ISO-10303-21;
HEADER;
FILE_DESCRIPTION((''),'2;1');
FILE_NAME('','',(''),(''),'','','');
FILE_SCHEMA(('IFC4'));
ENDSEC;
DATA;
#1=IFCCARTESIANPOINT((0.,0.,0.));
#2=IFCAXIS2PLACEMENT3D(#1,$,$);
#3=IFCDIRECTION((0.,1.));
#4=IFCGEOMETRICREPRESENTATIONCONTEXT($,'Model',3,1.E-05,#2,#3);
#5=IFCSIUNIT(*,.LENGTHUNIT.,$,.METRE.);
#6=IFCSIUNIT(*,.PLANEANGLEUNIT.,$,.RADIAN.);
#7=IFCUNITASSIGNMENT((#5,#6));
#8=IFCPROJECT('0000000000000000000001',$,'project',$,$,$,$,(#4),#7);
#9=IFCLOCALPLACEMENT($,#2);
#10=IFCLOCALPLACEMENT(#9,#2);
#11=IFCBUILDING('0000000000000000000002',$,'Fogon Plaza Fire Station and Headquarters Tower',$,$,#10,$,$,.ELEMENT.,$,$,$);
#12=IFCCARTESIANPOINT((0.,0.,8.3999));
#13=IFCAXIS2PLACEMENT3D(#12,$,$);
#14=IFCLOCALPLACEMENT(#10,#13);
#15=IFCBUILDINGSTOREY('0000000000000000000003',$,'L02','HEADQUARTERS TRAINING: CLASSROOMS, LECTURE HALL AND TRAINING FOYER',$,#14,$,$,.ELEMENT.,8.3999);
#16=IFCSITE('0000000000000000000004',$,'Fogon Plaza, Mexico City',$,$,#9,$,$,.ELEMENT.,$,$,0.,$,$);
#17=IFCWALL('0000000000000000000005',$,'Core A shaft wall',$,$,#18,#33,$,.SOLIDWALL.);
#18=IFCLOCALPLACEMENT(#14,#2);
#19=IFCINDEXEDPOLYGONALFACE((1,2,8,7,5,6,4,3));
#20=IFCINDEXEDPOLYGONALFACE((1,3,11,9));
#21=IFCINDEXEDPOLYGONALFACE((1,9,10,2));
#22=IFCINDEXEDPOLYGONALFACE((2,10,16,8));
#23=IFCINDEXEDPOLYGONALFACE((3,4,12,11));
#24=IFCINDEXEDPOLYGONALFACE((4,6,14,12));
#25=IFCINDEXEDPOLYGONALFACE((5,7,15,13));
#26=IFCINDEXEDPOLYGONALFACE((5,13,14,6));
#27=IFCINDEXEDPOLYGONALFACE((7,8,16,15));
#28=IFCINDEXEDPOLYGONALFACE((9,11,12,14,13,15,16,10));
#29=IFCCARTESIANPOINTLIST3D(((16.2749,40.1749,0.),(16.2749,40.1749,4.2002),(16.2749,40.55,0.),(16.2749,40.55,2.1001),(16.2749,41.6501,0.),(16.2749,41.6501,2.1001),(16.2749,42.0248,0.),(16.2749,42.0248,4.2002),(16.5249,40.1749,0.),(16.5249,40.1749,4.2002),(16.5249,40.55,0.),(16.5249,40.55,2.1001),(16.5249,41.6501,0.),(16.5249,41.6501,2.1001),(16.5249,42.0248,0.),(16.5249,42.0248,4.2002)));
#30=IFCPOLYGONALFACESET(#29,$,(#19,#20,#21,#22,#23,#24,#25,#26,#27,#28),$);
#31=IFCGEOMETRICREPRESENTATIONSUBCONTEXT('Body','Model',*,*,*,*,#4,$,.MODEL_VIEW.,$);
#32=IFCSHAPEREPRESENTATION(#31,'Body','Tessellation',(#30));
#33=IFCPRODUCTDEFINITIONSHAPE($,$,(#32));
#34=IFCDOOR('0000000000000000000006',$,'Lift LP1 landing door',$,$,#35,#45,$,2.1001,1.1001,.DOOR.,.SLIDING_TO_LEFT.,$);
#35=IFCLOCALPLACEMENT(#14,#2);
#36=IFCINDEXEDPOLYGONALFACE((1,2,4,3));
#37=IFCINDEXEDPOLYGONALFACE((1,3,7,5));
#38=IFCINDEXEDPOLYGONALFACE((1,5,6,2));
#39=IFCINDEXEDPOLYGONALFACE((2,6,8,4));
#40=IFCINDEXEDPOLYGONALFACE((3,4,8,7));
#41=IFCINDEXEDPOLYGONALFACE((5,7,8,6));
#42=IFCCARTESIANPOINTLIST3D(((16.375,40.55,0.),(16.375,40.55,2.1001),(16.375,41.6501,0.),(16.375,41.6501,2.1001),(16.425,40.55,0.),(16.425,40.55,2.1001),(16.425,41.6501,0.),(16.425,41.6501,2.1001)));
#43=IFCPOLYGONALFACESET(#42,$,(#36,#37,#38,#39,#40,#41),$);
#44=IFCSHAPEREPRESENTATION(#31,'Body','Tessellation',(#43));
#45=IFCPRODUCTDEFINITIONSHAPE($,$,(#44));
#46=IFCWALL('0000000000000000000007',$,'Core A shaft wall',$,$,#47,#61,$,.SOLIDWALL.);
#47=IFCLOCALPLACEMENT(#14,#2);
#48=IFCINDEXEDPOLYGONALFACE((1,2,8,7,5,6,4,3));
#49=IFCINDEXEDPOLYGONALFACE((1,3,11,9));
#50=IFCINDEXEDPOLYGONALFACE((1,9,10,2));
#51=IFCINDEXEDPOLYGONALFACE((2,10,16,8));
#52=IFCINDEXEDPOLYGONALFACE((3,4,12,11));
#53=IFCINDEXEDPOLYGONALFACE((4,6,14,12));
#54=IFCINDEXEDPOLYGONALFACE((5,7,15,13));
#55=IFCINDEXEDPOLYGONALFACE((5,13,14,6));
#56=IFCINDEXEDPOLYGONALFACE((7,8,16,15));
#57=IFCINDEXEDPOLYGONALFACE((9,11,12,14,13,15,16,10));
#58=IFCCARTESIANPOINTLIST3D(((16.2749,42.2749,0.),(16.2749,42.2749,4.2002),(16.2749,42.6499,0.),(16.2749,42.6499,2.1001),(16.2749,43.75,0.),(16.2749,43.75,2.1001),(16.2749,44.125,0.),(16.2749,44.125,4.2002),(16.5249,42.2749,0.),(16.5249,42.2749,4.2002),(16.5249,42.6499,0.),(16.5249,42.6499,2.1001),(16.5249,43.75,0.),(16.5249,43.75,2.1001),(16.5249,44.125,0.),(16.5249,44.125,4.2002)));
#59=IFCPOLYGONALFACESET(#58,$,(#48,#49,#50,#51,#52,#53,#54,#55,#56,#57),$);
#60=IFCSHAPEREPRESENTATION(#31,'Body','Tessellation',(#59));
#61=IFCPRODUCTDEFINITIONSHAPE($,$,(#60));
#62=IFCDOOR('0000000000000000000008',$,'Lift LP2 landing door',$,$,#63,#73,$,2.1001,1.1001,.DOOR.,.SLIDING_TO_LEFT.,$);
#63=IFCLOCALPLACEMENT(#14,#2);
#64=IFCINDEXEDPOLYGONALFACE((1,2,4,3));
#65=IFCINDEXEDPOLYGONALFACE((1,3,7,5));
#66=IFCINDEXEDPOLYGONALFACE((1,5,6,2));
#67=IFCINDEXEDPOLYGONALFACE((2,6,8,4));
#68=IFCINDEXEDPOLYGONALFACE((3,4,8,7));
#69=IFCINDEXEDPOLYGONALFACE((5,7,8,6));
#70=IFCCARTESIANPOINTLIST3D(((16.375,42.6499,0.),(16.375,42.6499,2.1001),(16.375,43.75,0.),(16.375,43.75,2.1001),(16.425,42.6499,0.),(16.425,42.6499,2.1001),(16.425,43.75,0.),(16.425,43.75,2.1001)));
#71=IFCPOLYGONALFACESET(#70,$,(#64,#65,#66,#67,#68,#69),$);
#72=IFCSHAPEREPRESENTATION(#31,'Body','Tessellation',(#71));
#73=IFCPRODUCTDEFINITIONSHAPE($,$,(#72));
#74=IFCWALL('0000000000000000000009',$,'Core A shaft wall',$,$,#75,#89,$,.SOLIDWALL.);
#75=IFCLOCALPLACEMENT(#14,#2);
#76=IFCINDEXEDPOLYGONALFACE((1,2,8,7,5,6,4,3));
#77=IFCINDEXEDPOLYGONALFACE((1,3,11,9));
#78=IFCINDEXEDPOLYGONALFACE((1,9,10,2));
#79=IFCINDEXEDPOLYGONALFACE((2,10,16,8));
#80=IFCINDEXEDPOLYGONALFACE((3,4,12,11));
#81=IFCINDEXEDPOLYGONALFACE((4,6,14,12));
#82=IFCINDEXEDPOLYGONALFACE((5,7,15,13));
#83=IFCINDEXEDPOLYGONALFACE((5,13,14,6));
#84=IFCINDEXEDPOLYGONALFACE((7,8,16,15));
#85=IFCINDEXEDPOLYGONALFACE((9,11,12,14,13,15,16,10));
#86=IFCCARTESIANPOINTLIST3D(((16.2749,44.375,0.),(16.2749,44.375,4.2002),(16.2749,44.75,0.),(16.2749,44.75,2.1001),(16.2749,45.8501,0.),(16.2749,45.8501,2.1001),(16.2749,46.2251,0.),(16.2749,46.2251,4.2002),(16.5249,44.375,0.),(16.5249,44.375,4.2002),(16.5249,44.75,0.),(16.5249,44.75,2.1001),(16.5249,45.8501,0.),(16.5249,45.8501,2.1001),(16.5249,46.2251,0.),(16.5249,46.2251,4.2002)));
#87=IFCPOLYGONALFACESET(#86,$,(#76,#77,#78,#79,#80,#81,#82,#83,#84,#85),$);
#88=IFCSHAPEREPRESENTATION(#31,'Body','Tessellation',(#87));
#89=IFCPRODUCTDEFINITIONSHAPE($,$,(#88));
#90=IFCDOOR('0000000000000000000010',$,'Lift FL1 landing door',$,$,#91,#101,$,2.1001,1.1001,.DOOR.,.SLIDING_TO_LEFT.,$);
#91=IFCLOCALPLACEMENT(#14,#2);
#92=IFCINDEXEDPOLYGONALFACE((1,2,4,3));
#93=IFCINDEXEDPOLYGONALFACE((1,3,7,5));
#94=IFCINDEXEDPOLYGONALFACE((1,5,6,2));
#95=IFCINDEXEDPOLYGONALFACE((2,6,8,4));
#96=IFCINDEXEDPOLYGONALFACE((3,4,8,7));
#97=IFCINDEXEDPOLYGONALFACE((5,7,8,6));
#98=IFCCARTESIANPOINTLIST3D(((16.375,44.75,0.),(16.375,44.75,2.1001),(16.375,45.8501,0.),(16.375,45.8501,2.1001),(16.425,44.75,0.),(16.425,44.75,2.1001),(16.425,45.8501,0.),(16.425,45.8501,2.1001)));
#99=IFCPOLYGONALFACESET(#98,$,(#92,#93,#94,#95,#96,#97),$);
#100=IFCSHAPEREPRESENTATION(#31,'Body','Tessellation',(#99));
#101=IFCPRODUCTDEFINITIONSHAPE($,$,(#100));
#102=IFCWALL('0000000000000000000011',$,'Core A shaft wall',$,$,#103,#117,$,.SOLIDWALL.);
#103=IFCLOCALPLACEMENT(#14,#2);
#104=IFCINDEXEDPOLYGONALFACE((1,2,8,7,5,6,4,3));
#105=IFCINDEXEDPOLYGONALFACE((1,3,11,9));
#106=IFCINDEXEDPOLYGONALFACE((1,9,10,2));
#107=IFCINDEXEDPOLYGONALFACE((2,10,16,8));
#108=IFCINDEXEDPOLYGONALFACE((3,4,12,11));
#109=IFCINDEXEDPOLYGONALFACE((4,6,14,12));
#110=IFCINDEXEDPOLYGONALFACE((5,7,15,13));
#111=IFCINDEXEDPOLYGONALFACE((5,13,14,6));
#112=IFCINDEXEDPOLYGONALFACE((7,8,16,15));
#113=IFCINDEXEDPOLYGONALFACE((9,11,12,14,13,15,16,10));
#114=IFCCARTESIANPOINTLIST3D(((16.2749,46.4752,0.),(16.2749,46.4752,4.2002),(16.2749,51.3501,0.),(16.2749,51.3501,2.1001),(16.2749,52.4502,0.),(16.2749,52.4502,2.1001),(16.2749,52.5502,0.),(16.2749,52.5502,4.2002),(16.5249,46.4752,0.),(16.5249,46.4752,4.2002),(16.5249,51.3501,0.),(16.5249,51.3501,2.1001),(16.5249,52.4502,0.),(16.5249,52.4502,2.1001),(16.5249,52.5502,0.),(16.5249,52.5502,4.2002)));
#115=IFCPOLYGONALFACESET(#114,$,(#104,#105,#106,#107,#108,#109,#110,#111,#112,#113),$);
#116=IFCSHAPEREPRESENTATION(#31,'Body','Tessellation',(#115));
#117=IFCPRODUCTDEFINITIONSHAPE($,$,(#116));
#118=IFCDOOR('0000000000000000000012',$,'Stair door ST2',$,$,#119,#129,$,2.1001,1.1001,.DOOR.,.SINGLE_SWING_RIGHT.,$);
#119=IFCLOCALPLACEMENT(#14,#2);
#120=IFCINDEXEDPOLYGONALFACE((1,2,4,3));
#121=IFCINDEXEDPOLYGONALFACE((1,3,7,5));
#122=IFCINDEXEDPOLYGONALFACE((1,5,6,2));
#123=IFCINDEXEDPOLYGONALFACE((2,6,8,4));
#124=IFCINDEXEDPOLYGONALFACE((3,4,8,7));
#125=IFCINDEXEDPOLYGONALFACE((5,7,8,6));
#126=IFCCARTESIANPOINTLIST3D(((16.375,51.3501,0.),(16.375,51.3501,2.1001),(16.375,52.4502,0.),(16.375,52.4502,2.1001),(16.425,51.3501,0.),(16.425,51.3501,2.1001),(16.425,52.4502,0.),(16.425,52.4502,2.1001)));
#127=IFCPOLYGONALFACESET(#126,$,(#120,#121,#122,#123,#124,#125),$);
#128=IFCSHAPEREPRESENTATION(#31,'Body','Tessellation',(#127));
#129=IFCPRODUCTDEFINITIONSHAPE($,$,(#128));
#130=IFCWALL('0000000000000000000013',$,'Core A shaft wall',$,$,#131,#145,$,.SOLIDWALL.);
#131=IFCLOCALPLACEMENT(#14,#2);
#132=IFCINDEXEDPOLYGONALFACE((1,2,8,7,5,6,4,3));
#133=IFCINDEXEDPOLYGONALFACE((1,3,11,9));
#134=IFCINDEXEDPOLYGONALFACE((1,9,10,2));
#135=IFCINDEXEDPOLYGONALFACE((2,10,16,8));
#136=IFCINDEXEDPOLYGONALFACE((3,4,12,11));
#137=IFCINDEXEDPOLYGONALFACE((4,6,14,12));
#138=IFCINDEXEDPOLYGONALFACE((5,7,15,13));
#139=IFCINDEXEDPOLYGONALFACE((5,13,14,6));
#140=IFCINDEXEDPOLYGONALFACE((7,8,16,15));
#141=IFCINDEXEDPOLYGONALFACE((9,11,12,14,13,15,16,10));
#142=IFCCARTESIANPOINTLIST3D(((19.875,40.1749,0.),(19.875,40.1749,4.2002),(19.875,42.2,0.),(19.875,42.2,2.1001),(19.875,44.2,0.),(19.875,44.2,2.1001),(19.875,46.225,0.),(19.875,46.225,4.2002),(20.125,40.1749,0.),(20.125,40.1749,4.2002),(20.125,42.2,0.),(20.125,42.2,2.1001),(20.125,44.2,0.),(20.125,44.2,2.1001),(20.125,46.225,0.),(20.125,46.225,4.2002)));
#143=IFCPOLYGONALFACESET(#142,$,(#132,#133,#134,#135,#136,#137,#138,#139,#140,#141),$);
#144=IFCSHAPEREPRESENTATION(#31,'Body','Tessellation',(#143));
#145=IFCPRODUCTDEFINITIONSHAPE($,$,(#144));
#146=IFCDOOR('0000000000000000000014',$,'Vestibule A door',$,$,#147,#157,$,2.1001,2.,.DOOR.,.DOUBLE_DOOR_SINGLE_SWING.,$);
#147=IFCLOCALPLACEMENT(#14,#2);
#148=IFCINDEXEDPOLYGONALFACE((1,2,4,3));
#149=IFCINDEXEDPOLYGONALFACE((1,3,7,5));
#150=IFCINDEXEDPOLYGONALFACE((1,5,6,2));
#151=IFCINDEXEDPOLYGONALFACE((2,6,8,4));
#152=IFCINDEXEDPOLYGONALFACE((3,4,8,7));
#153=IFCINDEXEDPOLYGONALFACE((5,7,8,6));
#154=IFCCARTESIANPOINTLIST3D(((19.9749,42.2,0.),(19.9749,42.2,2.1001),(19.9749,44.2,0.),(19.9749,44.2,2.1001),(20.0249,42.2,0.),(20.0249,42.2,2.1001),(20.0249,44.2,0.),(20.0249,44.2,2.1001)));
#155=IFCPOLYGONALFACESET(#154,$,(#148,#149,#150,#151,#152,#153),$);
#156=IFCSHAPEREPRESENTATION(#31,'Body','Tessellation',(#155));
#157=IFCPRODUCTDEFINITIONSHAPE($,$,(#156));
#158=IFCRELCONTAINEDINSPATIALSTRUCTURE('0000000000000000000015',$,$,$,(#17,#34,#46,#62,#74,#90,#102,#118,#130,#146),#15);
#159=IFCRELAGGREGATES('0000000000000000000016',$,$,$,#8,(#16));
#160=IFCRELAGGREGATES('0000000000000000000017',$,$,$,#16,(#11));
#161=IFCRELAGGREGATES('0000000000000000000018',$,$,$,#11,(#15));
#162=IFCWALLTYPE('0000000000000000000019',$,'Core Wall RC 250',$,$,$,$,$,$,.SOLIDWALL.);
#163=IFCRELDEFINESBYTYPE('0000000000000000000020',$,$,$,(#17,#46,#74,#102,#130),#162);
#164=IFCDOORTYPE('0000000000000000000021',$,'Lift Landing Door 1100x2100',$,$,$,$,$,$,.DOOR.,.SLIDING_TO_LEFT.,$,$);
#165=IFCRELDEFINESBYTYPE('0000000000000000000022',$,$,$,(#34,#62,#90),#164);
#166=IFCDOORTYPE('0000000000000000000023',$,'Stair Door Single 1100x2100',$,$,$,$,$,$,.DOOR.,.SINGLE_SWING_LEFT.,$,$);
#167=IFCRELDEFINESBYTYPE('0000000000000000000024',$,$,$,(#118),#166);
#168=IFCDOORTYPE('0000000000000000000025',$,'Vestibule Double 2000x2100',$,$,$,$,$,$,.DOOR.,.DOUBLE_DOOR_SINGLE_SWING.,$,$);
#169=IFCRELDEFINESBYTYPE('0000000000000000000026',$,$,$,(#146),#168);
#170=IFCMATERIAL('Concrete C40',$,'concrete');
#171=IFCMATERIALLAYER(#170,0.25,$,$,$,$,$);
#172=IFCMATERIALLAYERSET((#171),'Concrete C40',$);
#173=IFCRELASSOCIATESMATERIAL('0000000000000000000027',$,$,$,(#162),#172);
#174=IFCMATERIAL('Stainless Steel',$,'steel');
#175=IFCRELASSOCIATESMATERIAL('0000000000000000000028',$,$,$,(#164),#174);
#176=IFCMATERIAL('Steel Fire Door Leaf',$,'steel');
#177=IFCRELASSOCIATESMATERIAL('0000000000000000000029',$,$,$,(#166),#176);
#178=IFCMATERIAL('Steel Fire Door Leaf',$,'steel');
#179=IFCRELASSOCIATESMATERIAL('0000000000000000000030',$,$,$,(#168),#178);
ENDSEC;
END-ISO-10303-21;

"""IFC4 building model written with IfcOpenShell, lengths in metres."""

from ifc_helpers import new_model, si_unit, direction, frame, frame_2d, origin, place, context, subcontext, project, spatial, rectangle, extrude, material, layer, layer_set, type_object, element, fill, save


model = new_model("IFC4")

# Units and contexts
model_context = context("Model", 3, precision=1e-05, world=origin(), true_north=direction((0.0, 1.0)))
body_context = subcontext(model_context, "Body", "Model", "MODEL_VIEW")
ifc_project = project(units=[si_unit("LENGTHUNIT", "METRE"), si_unit("PLANEANGLEUNIT", "RADIAN")], contexts=[model_context])

# Site, building, storey
site_placement = place(None, origin())
site = spatial("IfcSite", under=ifc_project, at=site_placement, Name="Fogon Plaza, Mexico City", CompositionType="ELEMENT", RefElevation=0.0)
building_placement = place(site_placement, origin())
building = spatial("IfcBuilding", under=site, at=building_placement, Name="Fogon Plaza Fire Station and Headquarters Tower", CompositionType="ELEMENT")
storey_placement = place(building_placement, frame((0.0, 0.0, 8.3999)))
storey = spatial("IfcBuildingStorey", under=building, at=storey_placement, Name="L02", Description="HEADQUARTERS TRAINING: CLASSROOMS, LECTURE HALL AND TRAINING FOYER", CompositionType="ELEMENT", Elevation=8.3999)

# Walls, openings, doors
ifc_material_1 = material(Name="Concrete C40", Category="concrete")
ifc_layer_1 = layer(ifc_material_1, 0.25)
ifc_layer_set_1 = layer_set([ifc_layer_1], Name="Concrete C40")
wall_type_1 = type_object("IfcWallType", Name="Core Wall RC 250", PredefinedType="SOLIDWALL", material=ifc_layer_set_1)
wall_1_placement = place(storey_placement, frame((16.3999, 40.175, 0.0), z_axis=(0.0, 0.0, 1.0), x_axis=(0.0, 1.0, 0.0)))
wall_1 = element("IfcWall", 1, at=wall_1_placement, inside=storey, type_object=wall_type_1, Name="Core A shaft wall", PredefinedType="SOLIDWALL", context=body_context, shape_type="SweptSolid", body=[
    extrude(rectangle(XDim=1.8499, YDim=0.25, at=frame_2d((0.9248, 0.0))), origin(), (0.0, 0.0, 1.0), 4.2002),
])
opening_1_placement = place(wall_1_placement, frame((0.375, 0.0, 0.0)))
opening_1 = element("IfcOpeningElement", 2, at=opening_1_placement, cuts=wall_1, PredefinedType="OPENING", context=body_context, shape_type="SweptSolid", body=[
    extrude(rectangle(XDim=1.1001, YDim=2.1001, at=frame_2d((0.55, 1.05))), frame((0.0, 0.135, 0.0), z_axis=(0.0, -1.0, 0.0), x_axis=(1.0, 0.0, 0.0)), (0.0, 0.0, 1.0), 0.27),
])
ifc_material_2 = material(Name="Stainless Steel", Category="steel")
door_type_1 = type_object("IfcDoorType", Name="Lift Landing Door 1100x2100", OperationType="SLIDING_TO_LEFT", PredefinedType="DOOR", material=ifc_material_2)
door_1_placement = place(opening_1_placement, origin())
door_1 = element("IfcDoor", 3, at=door_1_placement, inside=storey, type_object=door_type_1, Name="Lift LP1 landing door", OperationType="SLIDING_TO_LEFT", OverallHeight=2.1001, OverallWidth=1.1001, PredefinedType="DOOR", context=body_context, shape_type="SweptSolid", body=[
    extrude(rectangle(XDim=1.1001, YDim=2.1001, at=frame_2d((0.55, 1.05))), frame((0.0, 0.0249, 0.0), z_axis=(0.0, -1.0, 0.0), x_axis=(1.0, 0.0, 0.0)), (0.0, 0.0, 1.0), 0.05),
])
fill(opening_1, door_1)
wall_2_placement = place(storey_placement, frame((16.3999, 42.2749, 0.0), z_axis=(0.0, 0.0, 1.0), x_axis=(0.0, 1.0, 0.0)))
wall_2 = element("IfcWall", 4, at=wall_2_placement, inside=storey, type_object=wall_type_1, Name="Core A shaft wall", PredefinedType="SOLIDWALL", context=body_context, shape_type="SweptSolid", body=[
    extrude(rectangle(XDim=1.8501, YDim=0.25, at=frame_2d((0.925, 0.0))), origin(), (0.0, 0.0, 1.0), 4.2002),
])
opening_2_placement = place(wall_2_placement, frame((0.375, 0.0, 0.0)))
opening_2 = element("IfcOpeningElement", 5, at=opening_2_placement, cuts=wall_2, PredefinedType="OPENING", context=body_context, shape_type="SweptSolid", body=[
    extrude(rectangle(XDim=1.1001, YDim=2.1001, at=frame_2d((0.55, 1.05))), frame((0.0, 0.135, 0.0), z_axis=(0.0, -1.0, 0.0), x_axis=(1.0, 0.0, 0.0)), (0.0, 0.0, 1.0), 0.27),
])
door_2_placement = place(opening_2_placement, origin())
door_2 = element("IfcDoor", 6, at=door_2_placement, inside=storey, type_object=door_type_1, Name="Lift LP2 landing door", OperationType="SLIDING_TO_LEFT", OverallHeight=2.1001, OverallWidth=1.1001, PredefinedType="DOOR", context=body_context, shape_type="SweptSolid", body=[
    extrude(rectangle(XDim=1.1001, YDim=2.1001, at=frame_2d((0.55, 1.05))), frame((0.0, 0.0249, 0.0), z_axis=(0.0, -1.0, 0.0), x_axis=(1.0, 0.0, 0.0)), (0.0, 0.0, 1.0), 0.05),
])
fill(opening_2, door_2)
wall_3_placement = place(storey_placement, frame((16.3999, 44.375, 0.0), z_axis=(0.0, 0.0, 1.0), x_axis=(0.0, 1.0, 0.0)))
wall_3 = element("IfcWall", 7, at=wall_3_placement, inside=storey, type_object=wall_type_1, Name="Core A shaft wall", PredefinedType="SOLIDWALL", context=body_context, shape_type="SweptSolid", body=[
    extrude(rectangle(XDim=1.8501, YDim=0.25, at=frame_2d((0.925, 0.0))), origin(), (0.0, 0.0, 1.0), 4.2002),
])
opening_3_placement = place(wall_3_placement, frame((0.375, 0.0, 0.0)))
opening_3 = element("IfcOpeningElement", 8, at=opening_3_placement, cuts=wall_3, PredefinedType="OPENING", context=body_context, shape_type="SweptSolid", body=[
    extrude(rectangle(XDim=1.1001, YDim=2.1001, at=frame_2d((0.55, 1.05))), frame((0.0, 0.135, 0.0), z_axis=(0.0, -1.0, 0.0), x_axis=(1.0, 0.0, 0.0)), (0.0, 0.0, 1.0), 0.27),
])
door_3_placement = place(opening_3_placement, origin())
door_3 = element("IfcDoor", 9, at=door_3_placement, inside=storey, type_object=door_type_1, Name="Lift FL1 landing door", OperationType="SLIDING_TO_LEFT", OverallHeight=2.1001, OverallWidth=1.1001, PredefinedType="DOOR", context=body_context, shape_type="SweptSolid", body=[
    extrude(rectangle(XDim=1.1001, YDim=2.1001, at=frame_2d((0.55, 1.05))), frame((0.0, 0.0249, 0.0), z_axis=(0.0, -1.0, 0.0), x_axis=(1.0, 0.0, 0.0)), (0.0, 0.0, 1.0), 0.05),
])
fill(opening_3, door_3)
wall_4_placement = place(storey_placement, frame((16.3999, 46.4751, 0.0), z_axis=(0.0, 0.0, 1.0), x_axis=(0.0, 1.0, 0.0)))
wall_4 = element("IfcWall", 10, at=wall_4_placement, inside=storey, type_object=wall_type_1, Name="Core A shaft wall", PredefinedType="SOLIDWALL", context=body_context, shape_type="SweptSolid", body=[
    extrude(rectangle(XDim=6.075, YDim=0.25, at=frame_2d((3.0376, 0.0))), origin(), (0.0, 0.0, 1.0), 4.2002),
])
opening_4_placement = place(wall_4_placement, frame((4.875, 0.0, 0.0)))
opening_4 = element("IfcOpeningElement", 11, at=opening_4_placement, cuts=wall_4, PredefinedType="OPENING", context=body_context, shape_type="SweptSolid", body=[
    extrude(rectangle(XDim=1.1001, YDim=2.1001, at=frame_2d((0.55, 1.05))), frame((0.0, 0.135, 0.0), z_axis=(0.0, -1.0, 0.0), x_axis=(1.0, 0.0, 0.0)), (0.0, 0.0, 1.0), 0.27),
])
ifc_material_3 = material(Name="Steel Fire Door Leaf", Category="steel")
door_type_2 = type_object("IfcDoorType", Name="Stair Door Single 1100x2100", OperationType="SINGLE_SWING_LEFT", PredefinedType="DOOR", material=ifc_material_3)
door_4_placement = place(opening_4_placement, origin())
door_4 = element("IfcDoor", 12, at=door_4_placement, inside=storey, type_object=door_type_2, Name="Stair door ST2", OperationType="SINGLE_SWING_RIGHT", OverallHeight=2.1001, OverallWidth=1.1001, PredefinedType="DOOR", context=body_context, shape_type="SweptSolid", body=[
    extrude(rectangle(XDim=1.1001, YDim=2.1001, at=frame_2d((0.55, 1.05))), frame((0.0, 0.0249, 0.0), z_axis=(0.0, -1.0, 0.0), x_axis=(1.0, 0.0, 0.0)), (0.0, 0.0, 1.0), 0.05),
])
fill(opening_4, door_4)
wall_5_placement = place(storey_placement, frame((20.0, 40.175, 0.0), z_axis=(0.0, 0.0, 1.0), x_axis=(0.0, 1.0, 0.0)))
wall_5 = element("IfcWall", 13, at=wall_5_placement, inside=storey, type_object=wall_type_1, Name="Core A shaft wall", PredefinedType="SOLIDWALL", context=body_context, shape_type="SweptSolid", body=[
    extrude(rectangle(XDim=6.05, YDim=0.25, at=frame_2d((3.0249, 0.0))), origin(), (0.0, 0.0, 1.0), 4.2002),
])
opening_5_placement = place(wall_5_placement, frame((2.0249, 0.0, 0.0)))
opening_5 = element("IfcOpeningElement", 14, at=opening_5_placement, cuts=wall_5, PredefinedType="OPENING", context=body_context, shape_type="SweptSolid", body=[
    extrude(rectangle(XDim=2.0, YDim=2.1001, at=frame_2d((1.0, 1.05))), frame((0.0, 0.135, 0.0), z_axis=(0.0, -1.0, 0.0), x_axis=(1.0, 0.0, 0.0)), (0.0, 0.0, 1.0), 0.27),
])
ifc_material_4 = material(Name="Steel Fire Door Leaf", Category="steel")
door_type_3 = type_object("IfcDoorType", Name="Vestibule Double 2000x2100", OperationType="DOUBLE_DOOR_SINGLE_SWING", PredefinedType="DOOR", material=ifc_material_4)
door_5_placement = place(opening_5_placement, frame((2.0, 0.0, 0.0), z_axis=(0.0, 0.0, 1.0), x_axis=(-1.0, 0.0, 0.0)))
door_5 = element("IfcDoor", 15, at=door_5_placement, inside=storey, type_object=door_type_3, Name="Vestibule A door", OperationType="DOUBLE_DOOR_SINGLE_SWING", OverallHeight=2.1001, OverallWidth=2.0, PredefinedType="DOOR", context=body_context, shape_type="SweptSolid", body=[
    extrude(rectangle(XDim=2.0, YDim=2.1001, at=frame_2d((1.0, 1.05))), frame((0.0, 0.0249, 0.0), z_axis=(0.0, -1.0, 0.0), x_axis=(1.0, 0.0, 0.0)), (0.0, 0.0, 1.0), 0.05),
])
fill(opening_5, door_5)

save(model, "model.ifc")
